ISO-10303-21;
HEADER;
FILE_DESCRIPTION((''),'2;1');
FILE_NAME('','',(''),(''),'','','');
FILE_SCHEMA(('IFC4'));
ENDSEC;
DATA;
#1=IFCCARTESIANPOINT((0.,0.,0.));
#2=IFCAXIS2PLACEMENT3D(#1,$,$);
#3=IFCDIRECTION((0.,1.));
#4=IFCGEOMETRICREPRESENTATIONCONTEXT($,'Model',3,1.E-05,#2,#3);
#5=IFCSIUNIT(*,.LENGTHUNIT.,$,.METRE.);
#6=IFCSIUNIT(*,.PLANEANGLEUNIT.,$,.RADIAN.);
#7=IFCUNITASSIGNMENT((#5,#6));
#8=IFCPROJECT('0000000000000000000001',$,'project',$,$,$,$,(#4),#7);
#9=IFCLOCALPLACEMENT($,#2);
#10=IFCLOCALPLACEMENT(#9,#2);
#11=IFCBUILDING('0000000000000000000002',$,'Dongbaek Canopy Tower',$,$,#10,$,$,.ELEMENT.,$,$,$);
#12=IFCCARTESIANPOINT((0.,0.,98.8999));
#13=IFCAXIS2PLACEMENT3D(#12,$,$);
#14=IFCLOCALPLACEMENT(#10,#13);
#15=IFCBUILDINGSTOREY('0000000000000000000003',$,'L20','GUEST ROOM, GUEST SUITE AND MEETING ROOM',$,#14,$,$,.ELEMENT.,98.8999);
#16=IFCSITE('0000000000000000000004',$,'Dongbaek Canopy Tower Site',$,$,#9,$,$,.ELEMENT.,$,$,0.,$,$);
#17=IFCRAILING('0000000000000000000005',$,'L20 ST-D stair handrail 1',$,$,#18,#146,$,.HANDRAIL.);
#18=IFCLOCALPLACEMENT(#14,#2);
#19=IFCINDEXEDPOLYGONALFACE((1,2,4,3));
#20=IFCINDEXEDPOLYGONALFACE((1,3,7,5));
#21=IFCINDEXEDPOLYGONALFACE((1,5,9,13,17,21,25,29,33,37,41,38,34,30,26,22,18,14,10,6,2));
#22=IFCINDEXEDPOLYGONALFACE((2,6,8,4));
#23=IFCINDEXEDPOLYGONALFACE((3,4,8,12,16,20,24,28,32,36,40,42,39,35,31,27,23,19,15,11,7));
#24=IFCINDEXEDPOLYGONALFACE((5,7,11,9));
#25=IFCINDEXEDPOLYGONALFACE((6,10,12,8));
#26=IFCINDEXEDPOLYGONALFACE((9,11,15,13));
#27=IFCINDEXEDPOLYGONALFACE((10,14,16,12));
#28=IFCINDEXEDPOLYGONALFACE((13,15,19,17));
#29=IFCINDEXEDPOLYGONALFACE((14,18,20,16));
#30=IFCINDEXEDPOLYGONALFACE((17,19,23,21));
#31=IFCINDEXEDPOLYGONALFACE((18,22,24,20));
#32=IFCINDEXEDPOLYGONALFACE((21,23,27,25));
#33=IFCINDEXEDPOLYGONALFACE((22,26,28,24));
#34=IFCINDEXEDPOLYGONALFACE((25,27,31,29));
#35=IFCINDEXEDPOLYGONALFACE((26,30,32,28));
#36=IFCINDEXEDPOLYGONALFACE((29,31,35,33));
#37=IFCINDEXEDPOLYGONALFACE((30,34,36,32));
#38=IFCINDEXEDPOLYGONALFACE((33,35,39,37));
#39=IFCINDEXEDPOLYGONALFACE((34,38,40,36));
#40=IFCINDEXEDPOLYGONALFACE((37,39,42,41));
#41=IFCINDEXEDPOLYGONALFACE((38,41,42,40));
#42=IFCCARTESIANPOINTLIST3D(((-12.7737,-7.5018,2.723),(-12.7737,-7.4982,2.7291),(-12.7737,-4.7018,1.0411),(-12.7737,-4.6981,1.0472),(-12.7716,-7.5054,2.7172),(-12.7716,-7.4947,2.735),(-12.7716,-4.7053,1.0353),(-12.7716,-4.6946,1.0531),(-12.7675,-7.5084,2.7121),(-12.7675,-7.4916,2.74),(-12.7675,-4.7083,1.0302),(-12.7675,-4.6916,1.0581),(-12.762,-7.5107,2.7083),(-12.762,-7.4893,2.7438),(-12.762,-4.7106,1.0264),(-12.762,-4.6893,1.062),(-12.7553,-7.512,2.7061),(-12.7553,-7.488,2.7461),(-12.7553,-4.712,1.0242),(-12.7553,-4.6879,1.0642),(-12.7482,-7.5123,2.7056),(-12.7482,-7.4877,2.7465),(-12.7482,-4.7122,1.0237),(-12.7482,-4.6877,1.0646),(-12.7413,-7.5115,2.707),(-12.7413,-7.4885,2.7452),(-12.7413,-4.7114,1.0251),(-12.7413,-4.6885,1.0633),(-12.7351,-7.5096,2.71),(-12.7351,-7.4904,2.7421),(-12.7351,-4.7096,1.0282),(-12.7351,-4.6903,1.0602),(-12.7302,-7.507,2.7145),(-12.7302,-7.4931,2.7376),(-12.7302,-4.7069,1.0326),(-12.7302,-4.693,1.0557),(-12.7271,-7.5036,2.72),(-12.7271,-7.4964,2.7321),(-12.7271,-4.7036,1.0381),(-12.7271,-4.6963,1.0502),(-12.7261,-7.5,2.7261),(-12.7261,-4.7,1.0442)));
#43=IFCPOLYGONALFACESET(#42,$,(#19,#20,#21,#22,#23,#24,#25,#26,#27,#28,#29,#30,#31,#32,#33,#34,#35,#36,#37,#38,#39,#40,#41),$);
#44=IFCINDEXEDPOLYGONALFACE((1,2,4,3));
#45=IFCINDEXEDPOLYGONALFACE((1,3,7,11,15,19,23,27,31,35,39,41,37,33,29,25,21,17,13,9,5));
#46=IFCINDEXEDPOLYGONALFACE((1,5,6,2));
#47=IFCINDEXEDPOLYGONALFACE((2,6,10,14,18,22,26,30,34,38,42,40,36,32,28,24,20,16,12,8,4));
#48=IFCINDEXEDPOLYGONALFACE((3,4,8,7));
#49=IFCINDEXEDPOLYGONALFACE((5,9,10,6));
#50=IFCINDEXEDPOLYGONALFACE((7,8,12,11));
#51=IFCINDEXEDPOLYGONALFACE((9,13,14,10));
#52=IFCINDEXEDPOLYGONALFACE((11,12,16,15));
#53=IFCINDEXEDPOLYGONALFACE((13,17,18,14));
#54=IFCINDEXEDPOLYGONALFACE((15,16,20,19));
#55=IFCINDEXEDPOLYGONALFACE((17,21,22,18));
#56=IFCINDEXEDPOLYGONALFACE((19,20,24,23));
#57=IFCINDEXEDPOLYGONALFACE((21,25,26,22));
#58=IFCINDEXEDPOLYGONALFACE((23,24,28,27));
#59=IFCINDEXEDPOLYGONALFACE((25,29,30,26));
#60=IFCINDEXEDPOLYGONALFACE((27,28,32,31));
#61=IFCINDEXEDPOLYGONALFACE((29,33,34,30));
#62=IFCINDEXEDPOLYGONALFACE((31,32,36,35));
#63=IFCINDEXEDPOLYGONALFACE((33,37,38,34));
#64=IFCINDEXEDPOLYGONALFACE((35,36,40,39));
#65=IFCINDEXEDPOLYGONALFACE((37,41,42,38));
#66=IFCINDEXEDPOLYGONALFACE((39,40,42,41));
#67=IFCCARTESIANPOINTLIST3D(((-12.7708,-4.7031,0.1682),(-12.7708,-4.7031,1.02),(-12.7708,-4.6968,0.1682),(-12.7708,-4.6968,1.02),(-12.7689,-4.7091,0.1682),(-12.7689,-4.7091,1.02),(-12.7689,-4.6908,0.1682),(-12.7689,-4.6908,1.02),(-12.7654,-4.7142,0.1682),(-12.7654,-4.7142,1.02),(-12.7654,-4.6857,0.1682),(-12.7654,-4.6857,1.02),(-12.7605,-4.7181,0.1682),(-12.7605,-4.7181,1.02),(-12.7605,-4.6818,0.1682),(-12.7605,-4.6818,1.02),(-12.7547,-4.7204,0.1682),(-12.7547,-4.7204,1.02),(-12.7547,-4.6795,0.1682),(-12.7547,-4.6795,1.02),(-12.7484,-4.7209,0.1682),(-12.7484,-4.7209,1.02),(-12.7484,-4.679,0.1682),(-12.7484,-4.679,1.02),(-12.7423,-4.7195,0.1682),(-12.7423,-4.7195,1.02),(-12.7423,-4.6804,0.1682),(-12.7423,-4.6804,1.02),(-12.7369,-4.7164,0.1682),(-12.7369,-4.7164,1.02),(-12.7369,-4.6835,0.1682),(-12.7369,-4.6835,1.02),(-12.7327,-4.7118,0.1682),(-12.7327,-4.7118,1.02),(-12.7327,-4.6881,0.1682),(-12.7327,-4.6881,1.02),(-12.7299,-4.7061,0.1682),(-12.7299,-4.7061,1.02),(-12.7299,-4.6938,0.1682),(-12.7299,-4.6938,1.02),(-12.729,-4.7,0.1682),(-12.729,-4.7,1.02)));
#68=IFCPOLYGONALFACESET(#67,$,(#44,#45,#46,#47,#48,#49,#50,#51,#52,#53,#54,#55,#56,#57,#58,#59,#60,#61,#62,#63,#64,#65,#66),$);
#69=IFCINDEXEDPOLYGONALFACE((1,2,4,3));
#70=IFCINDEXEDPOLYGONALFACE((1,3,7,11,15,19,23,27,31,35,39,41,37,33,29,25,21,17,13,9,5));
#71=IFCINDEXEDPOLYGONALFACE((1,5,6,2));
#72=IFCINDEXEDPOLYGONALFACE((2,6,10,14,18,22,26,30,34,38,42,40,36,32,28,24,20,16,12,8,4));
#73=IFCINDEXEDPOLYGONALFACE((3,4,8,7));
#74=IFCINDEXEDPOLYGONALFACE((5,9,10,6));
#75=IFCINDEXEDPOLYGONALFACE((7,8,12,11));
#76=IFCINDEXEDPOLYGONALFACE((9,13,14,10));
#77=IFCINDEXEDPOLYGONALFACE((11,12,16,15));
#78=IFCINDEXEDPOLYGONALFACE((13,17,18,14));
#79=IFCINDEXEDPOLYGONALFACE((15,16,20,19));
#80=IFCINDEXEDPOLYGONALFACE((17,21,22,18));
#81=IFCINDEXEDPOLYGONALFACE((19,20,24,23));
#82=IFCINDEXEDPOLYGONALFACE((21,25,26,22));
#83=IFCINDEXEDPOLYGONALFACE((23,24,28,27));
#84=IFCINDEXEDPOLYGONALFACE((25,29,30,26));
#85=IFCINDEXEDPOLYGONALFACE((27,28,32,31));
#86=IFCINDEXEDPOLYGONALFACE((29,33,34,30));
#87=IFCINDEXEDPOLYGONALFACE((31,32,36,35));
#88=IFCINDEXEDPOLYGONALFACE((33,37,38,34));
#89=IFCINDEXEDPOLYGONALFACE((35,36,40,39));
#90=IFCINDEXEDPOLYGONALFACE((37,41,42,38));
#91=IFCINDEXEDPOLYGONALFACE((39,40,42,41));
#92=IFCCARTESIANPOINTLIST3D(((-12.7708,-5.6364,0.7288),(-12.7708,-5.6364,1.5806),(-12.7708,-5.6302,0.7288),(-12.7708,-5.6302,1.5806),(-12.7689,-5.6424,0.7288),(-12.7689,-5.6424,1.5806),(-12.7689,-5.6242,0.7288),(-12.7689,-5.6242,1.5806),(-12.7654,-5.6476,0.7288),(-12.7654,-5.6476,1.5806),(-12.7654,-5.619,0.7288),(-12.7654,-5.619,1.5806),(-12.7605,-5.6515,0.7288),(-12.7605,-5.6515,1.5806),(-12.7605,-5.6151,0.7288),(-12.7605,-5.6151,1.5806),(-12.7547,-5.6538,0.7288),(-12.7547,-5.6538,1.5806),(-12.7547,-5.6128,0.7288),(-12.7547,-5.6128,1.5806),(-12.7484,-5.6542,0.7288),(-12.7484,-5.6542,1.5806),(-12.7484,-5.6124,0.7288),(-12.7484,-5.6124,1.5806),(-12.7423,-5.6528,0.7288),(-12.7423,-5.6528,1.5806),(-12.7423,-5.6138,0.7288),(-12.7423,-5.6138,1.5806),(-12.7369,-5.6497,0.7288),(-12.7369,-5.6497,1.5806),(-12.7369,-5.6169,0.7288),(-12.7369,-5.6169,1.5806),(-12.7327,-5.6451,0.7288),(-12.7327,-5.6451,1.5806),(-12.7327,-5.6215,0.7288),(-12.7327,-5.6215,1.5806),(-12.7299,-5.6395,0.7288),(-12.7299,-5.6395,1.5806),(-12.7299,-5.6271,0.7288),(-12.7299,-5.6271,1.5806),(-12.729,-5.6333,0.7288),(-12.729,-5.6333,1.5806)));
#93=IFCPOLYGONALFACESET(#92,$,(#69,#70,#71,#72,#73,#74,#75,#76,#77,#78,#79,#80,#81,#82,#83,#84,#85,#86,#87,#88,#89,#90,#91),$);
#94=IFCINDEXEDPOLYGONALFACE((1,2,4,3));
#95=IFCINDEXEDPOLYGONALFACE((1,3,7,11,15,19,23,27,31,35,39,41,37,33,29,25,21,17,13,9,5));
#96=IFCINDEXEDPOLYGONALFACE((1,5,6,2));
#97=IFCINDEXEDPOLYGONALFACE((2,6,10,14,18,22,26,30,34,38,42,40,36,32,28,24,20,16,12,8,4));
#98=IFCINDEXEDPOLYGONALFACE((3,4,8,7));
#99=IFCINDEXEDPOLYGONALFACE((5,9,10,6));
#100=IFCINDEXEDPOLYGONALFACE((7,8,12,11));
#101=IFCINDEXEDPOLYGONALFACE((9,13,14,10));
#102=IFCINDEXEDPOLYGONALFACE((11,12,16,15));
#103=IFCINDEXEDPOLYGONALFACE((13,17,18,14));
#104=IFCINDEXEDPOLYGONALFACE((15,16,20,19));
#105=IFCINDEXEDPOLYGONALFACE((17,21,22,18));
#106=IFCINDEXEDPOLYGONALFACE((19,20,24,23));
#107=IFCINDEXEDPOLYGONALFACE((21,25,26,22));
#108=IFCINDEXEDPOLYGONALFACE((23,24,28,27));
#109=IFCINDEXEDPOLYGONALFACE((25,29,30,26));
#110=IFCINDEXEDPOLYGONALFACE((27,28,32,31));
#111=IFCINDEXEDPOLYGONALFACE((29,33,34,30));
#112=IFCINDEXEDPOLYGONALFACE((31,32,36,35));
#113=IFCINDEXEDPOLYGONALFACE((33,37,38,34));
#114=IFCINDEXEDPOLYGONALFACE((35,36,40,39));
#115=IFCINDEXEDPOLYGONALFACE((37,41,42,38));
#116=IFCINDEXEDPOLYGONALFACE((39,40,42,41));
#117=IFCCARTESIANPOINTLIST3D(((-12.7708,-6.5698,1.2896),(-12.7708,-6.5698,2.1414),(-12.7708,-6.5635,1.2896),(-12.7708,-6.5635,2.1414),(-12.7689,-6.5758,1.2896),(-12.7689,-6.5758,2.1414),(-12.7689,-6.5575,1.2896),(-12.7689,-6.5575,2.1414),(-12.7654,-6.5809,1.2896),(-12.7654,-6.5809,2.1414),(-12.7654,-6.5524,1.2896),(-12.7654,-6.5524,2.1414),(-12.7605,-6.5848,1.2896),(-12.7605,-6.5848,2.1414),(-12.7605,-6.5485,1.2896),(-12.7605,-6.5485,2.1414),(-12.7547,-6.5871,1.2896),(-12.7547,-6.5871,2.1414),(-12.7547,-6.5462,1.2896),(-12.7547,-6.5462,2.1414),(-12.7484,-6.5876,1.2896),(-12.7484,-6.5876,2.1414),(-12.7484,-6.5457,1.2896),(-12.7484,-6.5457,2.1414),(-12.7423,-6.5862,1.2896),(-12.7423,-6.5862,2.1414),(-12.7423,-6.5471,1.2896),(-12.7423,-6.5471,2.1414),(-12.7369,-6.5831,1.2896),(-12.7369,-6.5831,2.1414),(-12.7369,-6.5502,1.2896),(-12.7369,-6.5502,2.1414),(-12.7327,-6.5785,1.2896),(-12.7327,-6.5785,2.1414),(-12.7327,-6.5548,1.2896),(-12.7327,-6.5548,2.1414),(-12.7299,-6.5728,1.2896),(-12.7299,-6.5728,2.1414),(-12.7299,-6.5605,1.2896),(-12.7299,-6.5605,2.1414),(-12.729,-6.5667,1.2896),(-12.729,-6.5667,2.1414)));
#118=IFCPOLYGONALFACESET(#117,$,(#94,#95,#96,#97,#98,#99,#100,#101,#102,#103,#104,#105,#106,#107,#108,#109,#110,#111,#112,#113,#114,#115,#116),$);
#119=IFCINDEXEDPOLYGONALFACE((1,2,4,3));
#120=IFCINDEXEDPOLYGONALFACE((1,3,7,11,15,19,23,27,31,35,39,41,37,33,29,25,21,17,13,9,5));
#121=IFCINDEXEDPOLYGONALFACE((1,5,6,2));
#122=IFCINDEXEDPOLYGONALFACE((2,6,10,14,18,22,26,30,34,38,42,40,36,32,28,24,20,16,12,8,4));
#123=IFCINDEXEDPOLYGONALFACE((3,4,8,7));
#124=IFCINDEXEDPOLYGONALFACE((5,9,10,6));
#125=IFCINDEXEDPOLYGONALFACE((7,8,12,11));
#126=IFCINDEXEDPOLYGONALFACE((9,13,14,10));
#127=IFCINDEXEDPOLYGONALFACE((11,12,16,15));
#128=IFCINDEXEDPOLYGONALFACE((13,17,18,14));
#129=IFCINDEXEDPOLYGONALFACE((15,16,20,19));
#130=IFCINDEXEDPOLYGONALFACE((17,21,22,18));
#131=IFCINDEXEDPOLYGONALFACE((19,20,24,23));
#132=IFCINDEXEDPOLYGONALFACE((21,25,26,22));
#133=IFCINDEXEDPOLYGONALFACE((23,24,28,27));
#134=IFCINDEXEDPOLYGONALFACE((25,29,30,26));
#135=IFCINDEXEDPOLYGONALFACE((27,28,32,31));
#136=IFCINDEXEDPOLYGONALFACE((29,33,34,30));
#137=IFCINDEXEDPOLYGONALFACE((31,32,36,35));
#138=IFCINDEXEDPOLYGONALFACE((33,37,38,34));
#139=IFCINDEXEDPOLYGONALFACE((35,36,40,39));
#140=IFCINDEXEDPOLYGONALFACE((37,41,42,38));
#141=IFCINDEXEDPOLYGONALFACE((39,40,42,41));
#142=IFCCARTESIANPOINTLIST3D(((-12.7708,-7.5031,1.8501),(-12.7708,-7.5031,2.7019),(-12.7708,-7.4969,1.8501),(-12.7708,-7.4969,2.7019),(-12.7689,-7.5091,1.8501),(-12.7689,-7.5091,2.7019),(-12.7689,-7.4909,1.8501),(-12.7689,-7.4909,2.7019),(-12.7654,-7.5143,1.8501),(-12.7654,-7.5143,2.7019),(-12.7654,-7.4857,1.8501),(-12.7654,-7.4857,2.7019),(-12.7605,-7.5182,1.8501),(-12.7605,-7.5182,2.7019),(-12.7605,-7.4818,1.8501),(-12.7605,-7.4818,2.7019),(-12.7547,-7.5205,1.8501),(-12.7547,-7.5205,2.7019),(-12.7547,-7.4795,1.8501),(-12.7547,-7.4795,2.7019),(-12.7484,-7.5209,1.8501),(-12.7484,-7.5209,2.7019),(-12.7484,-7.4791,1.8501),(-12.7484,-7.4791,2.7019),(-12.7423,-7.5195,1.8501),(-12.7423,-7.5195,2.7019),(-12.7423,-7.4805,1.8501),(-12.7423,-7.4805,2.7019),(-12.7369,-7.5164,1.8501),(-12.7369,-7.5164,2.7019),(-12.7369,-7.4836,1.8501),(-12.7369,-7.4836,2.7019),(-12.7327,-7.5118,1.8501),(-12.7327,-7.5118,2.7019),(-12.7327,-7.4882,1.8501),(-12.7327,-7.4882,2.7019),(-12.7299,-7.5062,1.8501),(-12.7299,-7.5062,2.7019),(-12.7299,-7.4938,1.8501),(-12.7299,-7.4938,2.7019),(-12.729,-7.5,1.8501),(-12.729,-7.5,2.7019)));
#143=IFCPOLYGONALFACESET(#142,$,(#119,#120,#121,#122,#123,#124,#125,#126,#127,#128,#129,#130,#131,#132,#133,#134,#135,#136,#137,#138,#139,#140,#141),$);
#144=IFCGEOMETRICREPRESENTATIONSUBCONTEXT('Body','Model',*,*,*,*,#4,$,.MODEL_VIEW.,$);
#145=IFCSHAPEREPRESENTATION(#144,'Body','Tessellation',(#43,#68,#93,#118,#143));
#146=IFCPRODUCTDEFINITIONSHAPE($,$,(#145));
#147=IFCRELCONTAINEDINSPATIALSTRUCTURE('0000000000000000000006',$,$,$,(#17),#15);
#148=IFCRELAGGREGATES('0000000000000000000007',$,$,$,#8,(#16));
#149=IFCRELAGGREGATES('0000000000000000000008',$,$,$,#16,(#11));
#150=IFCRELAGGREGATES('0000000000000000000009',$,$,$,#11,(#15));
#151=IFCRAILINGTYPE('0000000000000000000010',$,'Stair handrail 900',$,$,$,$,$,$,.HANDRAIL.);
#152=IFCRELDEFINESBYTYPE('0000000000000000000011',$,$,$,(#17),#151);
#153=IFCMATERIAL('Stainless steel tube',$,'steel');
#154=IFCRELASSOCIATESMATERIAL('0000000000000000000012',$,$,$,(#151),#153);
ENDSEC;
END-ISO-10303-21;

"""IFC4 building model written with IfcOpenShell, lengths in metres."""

from ifc_helpers import new_model, si_unit, direction, frame, origin, origin_2d, place, context, subcontext, project, spatial, circle, extrude, material, type_object, element, save


model = new_model("IFC4")

# Units and contexts
model_context = context("Model", 3, precision=1e-05, world=origin(), true_north=direction((0.0, 1.0)))
body_context = subcontext(model_context, "Body", "Model", "MODEL_VIEW")
ifc_project = project(units=[si_unit("LENGTHUNIT", "METRE"), si_unit("PLANEANGLEUNIT", "RADIAN")], contexts=[model_context])

# Site, building, storey
site_placement = place(None, origin())
site = spatial("IfcSite", under=ifc_project, at=site_placement, Name="Dongbaek Canopy Tower Site", CompositionType="ELEMENT", RefElevation=0.0)
building_placement = place(site_placement, origin())
building = spatial("IfcBuilding", under=site, at=building_placement, Name="Dongbaek Canopy Tower", CompositionType="ELEMENT")
storey_placement = place(building_placement, frame((0.0, 0.0, 98.8999)))
storey = spatial("IfcBuildingStorey", under=building, at=storey_placement, Name="L20", Description="GUEST ROOM, GUEST SUITE AND MEETING ROOM", CompositionType="ELEMENT", Elevation=98.8999)

# Railing
ifc_material_1 = material(Name="Stainless steel tube", Category="steel")
railing_type_1 = type_object("IfcRailingType", Name="Stair handrail 900", PredefinedType="HANDRAIL", material=ifc_material_1)
railing_1_placement = place(storey_placement, frame((-12.75, -4.7, 0.1682)))
element("IfcRailing", 1, at=railing_1_placement, inside=storey, type_object=railing_type_1, Name="L20 ST-D stair handrail 1", PredefinedType="HANDRAIL", context=body_context, shape_type="SweptSolid", body=[
    extrude(circle(Radius=0.0239, at=origin_2d()), frame((0.0, 0.0, 0.876), z_axis=(0.0, -0.857242, 0.514913), x_axis=(1.0, 0.0, 0.0)), (0.0, 0.0, 1.0), 3.2664),
    extrude(circle(Radius=0.021, at=origin_2d()), origin(), (0.0, 0.0, 1.0), 0.8518),
    extrude(circle(Radius=0.021, at=origin_2d()), frame((0.0, -0.9333, 0.5605)), (0.0, 0.0, 1.0), 0.8518),
    extrude(circle(Radius=0.021, at=origin_2d()), frame((0.0, -1.8667, 1.1213)), (0.0, 0.0, 1.0), 0.8518),
    extrude(circle(Radius=0.021, at=origin_2d()), frame((0.0, -2.8, 1.6819)), (0.0, 0.0, 1.0), 0.8518),
])

save(model, "model.ifc")
